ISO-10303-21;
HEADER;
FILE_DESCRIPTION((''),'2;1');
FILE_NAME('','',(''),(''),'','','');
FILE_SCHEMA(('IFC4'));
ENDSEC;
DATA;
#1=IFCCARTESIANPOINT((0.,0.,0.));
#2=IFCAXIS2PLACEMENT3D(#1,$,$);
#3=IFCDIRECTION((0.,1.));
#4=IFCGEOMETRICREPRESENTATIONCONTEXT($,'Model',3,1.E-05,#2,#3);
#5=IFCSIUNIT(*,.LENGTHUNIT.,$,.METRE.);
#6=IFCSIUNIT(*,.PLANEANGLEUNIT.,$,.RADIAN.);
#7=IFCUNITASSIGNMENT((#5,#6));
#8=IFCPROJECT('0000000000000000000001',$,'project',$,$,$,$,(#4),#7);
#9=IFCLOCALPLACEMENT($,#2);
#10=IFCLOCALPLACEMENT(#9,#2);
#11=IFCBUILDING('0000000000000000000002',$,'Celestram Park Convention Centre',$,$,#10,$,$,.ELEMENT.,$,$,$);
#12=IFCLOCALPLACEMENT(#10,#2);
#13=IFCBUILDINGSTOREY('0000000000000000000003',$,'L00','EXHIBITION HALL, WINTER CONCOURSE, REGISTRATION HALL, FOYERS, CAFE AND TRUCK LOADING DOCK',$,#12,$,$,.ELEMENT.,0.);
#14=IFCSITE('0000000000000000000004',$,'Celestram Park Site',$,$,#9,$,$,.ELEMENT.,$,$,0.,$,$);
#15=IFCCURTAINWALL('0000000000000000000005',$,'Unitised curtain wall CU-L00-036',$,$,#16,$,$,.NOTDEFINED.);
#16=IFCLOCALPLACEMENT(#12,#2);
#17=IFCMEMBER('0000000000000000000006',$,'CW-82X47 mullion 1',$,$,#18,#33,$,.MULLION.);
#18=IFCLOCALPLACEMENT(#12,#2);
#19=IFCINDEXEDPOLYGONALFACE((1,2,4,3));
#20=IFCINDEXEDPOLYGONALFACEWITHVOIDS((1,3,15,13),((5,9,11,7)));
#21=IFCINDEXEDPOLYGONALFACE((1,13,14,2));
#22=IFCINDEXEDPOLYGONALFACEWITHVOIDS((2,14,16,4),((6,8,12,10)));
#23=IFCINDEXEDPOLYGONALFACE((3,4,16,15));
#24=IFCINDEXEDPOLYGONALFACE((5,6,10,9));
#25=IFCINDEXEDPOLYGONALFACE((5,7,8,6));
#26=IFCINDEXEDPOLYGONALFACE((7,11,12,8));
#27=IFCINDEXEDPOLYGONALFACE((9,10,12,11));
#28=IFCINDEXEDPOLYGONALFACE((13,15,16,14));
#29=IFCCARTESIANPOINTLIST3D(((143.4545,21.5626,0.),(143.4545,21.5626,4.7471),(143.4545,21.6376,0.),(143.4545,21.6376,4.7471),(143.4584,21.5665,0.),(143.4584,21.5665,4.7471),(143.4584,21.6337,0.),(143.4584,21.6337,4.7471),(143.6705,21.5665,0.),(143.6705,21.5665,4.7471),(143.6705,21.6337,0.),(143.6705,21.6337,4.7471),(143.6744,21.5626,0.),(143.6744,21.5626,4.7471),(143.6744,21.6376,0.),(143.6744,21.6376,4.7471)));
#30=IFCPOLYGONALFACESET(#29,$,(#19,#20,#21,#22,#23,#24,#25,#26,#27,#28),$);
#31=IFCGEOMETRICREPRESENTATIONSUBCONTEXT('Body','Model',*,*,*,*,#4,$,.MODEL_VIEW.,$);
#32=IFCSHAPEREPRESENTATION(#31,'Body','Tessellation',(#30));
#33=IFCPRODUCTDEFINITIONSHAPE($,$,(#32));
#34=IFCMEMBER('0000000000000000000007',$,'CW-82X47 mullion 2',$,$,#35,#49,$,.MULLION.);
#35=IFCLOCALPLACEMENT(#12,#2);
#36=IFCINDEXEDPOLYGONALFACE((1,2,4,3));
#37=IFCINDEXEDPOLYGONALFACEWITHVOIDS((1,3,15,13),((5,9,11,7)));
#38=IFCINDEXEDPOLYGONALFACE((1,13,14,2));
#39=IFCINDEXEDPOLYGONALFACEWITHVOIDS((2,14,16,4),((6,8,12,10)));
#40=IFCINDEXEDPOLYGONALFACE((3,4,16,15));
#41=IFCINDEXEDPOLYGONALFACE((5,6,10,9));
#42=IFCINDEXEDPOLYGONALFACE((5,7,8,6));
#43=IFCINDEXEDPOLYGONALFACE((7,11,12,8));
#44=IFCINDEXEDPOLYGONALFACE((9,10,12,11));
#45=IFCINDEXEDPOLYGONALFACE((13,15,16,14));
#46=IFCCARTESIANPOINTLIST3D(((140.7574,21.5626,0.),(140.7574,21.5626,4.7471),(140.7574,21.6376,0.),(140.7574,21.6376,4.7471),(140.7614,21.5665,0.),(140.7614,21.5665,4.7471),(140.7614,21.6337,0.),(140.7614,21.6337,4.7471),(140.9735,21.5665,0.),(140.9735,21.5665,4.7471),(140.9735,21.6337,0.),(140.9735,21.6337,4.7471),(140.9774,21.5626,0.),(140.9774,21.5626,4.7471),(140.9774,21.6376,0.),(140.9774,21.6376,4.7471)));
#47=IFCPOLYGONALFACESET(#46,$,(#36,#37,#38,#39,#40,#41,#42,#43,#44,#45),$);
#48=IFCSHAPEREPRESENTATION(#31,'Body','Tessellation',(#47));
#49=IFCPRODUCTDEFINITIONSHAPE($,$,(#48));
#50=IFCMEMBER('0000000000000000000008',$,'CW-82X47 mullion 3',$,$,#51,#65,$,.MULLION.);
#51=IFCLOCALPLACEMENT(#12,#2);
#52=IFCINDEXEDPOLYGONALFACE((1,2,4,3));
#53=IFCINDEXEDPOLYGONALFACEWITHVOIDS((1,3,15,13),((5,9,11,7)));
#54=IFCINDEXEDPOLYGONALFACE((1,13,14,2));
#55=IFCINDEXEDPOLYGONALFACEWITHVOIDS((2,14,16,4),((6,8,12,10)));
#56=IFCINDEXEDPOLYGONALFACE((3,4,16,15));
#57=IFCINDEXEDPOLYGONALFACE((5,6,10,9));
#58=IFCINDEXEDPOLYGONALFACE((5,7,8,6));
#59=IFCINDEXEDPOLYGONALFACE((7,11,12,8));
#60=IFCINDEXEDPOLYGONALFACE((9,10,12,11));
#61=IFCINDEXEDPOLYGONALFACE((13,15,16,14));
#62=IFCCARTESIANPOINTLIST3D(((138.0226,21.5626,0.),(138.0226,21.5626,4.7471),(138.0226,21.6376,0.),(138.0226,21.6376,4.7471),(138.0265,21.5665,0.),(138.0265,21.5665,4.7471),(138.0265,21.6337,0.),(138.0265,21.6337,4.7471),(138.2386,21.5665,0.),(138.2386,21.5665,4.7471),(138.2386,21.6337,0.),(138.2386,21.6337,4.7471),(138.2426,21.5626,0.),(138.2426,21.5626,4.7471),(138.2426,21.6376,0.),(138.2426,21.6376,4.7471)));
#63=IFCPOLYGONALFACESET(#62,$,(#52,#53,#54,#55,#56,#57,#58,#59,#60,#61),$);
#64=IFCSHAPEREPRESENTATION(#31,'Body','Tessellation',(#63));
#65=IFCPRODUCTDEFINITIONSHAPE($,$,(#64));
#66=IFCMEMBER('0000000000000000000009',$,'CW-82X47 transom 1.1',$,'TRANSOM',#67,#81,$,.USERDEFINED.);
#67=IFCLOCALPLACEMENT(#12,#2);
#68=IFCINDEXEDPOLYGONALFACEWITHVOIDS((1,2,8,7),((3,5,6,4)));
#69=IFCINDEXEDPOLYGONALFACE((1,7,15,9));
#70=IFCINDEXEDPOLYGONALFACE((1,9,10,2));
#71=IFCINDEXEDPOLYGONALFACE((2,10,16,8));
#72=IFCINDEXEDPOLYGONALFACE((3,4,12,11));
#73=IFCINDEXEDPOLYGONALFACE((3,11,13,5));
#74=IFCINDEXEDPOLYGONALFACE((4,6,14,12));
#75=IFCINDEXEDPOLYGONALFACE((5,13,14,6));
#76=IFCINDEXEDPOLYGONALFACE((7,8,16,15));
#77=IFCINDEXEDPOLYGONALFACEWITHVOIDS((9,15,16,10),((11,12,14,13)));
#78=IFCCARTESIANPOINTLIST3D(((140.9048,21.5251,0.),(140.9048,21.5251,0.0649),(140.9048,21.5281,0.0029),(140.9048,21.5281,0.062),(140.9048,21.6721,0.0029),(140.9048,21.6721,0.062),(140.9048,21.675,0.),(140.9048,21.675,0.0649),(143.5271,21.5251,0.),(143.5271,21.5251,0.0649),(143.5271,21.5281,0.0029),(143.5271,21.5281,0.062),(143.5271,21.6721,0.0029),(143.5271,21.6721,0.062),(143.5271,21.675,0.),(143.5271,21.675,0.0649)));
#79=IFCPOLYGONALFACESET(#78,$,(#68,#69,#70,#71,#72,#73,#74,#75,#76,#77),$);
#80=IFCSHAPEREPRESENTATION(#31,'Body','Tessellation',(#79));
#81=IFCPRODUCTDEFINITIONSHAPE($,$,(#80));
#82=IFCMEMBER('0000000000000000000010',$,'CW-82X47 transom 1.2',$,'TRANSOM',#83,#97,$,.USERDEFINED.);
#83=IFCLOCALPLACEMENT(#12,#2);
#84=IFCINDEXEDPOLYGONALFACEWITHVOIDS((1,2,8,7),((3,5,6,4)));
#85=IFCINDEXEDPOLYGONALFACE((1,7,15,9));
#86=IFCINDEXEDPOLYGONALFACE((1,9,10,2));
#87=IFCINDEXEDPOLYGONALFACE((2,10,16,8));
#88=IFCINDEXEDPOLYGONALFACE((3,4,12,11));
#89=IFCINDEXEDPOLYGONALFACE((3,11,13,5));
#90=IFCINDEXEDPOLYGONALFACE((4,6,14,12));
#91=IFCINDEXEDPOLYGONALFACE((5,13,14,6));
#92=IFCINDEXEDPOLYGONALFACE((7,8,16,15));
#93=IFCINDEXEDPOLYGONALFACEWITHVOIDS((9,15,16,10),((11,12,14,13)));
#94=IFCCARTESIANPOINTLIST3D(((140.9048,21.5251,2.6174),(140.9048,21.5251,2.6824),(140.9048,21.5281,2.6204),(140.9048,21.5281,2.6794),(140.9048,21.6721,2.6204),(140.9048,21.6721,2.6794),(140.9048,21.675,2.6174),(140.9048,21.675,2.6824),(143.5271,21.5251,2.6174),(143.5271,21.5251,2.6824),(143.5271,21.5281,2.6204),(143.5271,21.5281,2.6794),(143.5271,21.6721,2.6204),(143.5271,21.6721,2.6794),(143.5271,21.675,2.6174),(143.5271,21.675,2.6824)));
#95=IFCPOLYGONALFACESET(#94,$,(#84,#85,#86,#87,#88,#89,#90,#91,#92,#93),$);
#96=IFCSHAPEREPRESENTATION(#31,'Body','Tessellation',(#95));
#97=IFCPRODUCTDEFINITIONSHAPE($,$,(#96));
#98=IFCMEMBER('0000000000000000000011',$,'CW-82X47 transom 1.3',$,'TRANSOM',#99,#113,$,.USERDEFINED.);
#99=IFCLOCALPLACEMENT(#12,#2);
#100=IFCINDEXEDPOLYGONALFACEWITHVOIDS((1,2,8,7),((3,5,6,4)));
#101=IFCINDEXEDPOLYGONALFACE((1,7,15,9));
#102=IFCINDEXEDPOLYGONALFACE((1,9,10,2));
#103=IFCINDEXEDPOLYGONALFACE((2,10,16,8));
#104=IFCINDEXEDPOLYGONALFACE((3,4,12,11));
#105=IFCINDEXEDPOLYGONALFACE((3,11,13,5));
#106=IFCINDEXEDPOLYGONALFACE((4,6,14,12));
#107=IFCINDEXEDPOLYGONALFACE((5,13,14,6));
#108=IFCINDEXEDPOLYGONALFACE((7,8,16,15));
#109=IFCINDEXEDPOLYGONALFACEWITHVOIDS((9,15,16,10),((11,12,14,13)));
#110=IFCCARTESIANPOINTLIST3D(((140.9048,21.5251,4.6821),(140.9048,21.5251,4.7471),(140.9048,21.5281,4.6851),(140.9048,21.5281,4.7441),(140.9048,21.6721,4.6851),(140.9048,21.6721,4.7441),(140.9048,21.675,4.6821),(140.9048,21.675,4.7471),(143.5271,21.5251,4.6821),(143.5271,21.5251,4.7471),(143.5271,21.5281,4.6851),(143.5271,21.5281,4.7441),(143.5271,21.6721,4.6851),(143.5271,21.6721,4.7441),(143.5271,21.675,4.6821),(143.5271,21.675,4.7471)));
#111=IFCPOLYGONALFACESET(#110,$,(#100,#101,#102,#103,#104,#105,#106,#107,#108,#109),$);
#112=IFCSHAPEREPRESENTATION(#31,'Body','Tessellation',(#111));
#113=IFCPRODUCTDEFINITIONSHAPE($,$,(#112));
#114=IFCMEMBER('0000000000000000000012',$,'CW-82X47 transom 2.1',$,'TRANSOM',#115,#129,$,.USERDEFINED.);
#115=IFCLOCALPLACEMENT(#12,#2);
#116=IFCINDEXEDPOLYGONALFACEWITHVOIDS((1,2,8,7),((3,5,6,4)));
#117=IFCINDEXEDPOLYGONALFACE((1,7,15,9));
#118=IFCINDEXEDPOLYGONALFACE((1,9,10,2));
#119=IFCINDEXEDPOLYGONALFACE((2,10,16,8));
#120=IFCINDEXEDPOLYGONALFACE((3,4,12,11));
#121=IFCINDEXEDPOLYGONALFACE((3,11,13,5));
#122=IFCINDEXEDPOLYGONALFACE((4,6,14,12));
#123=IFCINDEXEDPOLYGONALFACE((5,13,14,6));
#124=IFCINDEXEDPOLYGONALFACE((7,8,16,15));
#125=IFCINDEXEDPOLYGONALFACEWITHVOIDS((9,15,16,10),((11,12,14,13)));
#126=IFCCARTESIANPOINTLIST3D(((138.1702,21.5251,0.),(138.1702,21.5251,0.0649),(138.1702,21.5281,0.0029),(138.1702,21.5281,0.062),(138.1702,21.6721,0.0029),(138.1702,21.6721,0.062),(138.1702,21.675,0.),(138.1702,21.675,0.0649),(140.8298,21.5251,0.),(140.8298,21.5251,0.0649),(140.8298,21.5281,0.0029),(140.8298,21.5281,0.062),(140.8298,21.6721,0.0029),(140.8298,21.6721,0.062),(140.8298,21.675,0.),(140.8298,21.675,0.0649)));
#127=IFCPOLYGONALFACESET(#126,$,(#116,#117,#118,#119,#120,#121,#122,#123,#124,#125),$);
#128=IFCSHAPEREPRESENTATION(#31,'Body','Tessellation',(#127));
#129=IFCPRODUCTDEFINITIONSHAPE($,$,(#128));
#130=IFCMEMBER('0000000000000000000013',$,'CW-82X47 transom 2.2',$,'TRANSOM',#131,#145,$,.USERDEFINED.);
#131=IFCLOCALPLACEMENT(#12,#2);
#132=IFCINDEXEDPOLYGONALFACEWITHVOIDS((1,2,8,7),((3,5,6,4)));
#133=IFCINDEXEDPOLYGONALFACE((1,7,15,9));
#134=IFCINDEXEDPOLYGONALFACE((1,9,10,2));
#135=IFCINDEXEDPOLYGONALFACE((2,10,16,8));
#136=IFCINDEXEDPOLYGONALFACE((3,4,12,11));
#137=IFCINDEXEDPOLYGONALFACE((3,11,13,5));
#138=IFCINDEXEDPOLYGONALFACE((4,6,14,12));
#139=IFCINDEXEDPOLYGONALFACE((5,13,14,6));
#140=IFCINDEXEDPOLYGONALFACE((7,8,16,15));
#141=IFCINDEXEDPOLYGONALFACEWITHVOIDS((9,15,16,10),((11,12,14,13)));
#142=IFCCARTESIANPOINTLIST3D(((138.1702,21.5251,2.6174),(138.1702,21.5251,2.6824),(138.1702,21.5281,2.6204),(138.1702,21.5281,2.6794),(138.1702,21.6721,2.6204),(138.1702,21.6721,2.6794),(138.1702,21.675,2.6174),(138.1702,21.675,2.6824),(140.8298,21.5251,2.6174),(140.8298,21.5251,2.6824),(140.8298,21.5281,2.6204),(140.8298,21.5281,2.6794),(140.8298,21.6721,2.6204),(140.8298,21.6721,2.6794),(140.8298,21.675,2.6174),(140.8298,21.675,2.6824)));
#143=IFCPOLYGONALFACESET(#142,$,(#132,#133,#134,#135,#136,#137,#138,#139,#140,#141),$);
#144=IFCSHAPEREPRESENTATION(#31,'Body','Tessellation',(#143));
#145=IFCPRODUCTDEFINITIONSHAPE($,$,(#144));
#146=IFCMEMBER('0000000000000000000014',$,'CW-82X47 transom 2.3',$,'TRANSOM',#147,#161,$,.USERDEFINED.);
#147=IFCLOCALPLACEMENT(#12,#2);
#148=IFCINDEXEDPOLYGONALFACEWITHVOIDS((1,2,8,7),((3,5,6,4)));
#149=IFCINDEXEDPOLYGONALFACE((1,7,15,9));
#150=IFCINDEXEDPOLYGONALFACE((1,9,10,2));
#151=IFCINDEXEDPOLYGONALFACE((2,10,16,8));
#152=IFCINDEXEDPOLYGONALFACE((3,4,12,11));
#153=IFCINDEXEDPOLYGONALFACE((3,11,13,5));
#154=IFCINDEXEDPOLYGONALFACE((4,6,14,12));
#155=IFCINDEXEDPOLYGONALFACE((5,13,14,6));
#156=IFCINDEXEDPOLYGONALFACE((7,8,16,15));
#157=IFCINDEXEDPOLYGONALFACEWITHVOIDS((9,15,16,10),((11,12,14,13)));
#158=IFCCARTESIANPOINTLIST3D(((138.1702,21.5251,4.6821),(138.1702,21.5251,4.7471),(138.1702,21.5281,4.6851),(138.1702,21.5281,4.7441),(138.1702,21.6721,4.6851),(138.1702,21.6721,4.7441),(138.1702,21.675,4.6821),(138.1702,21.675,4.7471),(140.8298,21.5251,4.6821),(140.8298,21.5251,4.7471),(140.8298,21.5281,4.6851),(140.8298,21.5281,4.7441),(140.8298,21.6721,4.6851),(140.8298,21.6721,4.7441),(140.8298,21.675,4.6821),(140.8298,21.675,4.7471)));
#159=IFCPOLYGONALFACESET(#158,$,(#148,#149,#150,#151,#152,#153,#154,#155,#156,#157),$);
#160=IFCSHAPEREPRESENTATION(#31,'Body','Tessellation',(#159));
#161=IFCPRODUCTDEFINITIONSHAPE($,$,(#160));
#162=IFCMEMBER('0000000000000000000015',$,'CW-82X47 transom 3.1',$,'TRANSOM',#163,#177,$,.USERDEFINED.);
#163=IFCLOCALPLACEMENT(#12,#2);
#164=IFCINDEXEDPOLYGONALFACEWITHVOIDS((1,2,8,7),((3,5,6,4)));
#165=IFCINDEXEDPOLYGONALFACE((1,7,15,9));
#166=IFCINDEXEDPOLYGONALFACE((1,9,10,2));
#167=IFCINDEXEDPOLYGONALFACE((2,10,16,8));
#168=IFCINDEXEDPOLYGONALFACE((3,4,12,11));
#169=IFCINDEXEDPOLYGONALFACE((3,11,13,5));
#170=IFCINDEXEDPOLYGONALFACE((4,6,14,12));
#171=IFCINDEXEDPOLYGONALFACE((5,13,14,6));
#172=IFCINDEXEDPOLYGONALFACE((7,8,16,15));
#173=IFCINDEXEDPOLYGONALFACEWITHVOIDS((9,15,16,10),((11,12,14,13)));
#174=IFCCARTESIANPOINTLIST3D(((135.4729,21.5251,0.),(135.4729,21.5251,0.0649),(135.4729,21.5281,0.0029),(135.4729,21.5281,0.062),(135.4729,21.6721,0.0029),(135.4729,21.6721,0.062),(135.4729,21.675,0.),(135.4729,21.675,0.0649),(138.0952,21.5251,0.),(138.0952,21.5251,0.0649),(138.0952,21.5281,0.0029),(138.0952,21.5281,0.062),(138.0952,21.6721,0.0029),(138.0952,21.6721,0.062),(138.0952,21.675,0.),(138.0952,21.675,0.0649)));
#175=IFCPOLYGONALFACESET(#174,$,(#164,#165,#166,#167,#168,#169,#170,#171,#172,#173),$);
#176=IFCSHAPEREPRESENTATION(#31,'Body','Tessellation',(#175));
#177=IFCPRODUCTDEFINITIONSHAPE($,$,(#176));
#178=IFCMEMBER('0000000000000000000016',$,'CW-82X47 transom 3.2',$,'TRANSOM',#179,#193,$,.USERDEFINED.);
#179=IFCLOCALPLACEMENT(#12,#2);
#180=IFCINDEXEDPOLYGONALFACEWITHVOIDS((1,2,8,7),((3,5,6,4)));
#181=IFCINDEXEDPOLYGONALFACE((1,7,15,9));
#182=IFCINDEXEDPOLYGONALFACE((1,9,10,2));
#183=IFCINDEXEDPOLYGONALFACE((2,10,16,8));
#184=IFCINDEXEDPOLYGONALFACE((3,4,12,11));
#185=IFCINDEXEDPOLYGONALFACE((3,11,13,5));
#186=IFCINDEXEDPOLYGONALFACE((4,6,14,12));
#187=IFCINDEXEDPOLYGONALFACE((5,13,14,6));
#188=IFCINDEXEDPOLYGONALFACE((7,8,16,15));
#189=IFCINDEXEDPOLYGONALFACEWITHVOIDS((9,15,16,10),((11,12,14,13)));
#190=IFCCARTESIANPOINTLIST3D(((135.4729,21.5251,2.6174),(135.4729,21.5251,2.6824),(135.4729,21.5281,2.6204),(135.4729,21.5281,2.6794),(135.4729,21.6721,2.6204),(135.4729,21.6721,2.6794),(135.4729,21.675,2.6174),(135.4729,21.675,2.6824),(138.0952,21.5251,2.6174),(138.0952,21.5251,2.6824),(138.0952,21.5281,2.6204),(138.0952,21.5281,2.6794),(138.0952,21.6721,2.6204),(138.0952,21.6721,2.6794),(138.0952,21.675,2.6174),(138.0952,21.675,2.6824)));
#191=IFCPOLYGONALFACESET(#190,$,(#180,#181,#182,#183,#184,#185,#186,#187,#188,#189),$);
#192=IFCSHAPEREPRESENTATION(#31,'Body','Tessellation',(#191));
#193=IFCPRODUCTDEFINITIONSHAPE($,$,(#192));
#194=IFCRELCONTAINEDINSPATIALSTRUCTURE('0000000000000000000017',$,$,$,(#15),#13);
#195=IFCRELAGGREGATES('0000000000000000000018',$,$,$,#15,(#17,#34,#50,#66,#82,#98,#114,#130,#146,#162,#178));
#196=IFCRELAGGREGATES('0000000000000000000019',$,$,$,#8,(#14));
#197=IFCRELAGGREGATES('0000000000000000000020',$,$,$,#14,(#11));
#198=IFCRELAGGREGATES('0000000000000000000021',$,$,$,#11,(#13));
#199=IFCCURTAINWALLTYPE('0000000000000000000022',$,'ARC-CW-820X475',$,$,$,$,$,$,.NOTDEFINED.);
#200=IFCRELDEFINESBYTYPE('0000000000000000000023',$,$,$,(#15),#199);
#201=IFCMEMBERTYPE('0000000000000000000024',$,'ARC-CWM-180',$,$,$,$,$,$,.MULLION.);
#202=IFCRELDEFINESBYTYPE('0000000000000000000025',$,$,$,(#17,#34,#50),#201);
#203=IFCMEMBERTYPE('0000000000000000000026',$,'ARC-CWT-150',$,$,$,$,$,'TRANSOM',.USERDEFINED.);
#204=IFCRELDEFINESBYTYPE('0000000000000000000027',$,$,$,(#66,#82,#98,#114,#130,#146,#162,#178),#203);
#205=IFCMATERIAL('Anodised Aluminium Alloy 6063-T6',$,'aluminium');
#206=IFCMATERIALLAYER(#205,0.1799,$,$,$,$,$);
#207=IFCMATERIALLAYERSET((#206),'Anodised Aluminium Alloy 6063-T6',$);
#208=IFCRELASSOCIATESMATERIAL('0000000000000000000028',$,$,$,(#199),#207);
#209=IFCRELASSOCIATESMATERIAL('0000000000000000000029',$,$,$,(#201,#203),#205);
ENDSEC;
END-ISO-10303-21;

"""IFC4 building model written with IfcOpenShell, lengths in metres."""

from ifc_helpers import new_model, si_unit, direction, frame, origin, origin_2d, place, context, subcontext, project, spatial, hollow_rectangle, extrude, material, layer, layer_set, material_profile, profile_set, type_object, element, aggregate, save


model = new_model("IFC4")

# Units and contexts
model_context = context("Model", 3, precision=1e-05, world=origin(), true_north=direction((0.0, 1.0)))
body_context = subcontext(model_context, "Body", "Model", "MODEL_VIEW")
ifc_project = project(units=[si_unit("LENGTHUNIT", "METRE"), si_unit("PLANEANGLEUNIT", "RADIAN")], contexts=[model_context])

# Site, building, storey
site_placement = place(None, origin())
site = spatial("IfcSite", under=ifc_project, at=site_placement, Name="Celestram Park Site", CompositionType="ELEMENT", RefElevation=0.0)
building_placement = place(site_placement, origin())
building = spatial("IfcBuilding", under=site, at=building_placement, Name="Celestram Park Convention Centre", CompositionType="ELEMENT")
storey_placement = place(building_placement, origin())
storey = spatial("IfcBuildingStorey", under=building, at=storey_placement, Name="L00", Description="EXHIBITION HALL, WINTER CONCOURSE, REGISTRATION HALL, FOYERS, CAFE AND TRUCK LOADING DOCK", CompositionType="ELEMENT", Elevation=0.0)

# Curtain wall, members
ifc_material_1 = material(Name="Anodised Aluminium Alloy 6063-T6", Category="aluminium")
ifc_layer_1 = layer(ifc_material_1, 0.1799)
ifc_layer_set_1 = layer_set([ifc_layer_1], Name="Anodised Aluminium Alloy 6063-T6")
curtain_wall_type = type_object("IfcCurtainWallType", Name="ARC-CW-820X475", PredefinedType="NOTDEFINED", material=ifc_layer_set_1)
curtain_wall_placement = place(storey_placement, origin())
curtain_wall = element("IfcCurtainWall", 1, at=curtain_wall_placement, inside=storey, type_object=curtain_wall_type, Name="Unitised curtain wall CU-L00-036", PredefinedType="NOTDEFINED")
ifc_material_profile_1 = material_profile(ifc_material_1, hollow_rectangle(XDim=0.075, YDim=0.22, WallThickness=0.0039, at=origin_2d()), Name="ALU75X220X4")
ifc_profile_set_1 = profile_set([ifc_material_profile_1], Name="Anodised Aluminium Alloy 6063-T6")
member_type_1 = type_object("IfcMemberType", Name="ARC-CWM-180", PredefinedType="MULLION", material=ifc_profile_set_1)
member_1_placement = place(storey_placement, frame((143.5645, 21.6001, 0.0), z_axis=(0.0, 0.0, 1.0), x_axis=(0.0, -1.0, 0.0)))
member_1 = element("IfcMember", 2, at=member_1_placement, type_object=member_type_1, Name="CW-82X47 mullion 1", PredefinedType="MULLION", context=body_context, shape_type="SweptSolid", body=[
    extrude(hollow_rectangle(XDim=0.075, YDim=0.22, WallThickness=0.0039, at=origin_2d()), origin(), (0.0, 0.0, 1.0), 4.7471),
])
member_2_placement = place(storey_placement, frame((140.8674, 21.6001, 0.0), z_axis=(0.0, 0.0, 1.0), x_axis=(0.0, -1.0, 0.0)))
member_2 = element("IfcMember", 3, at=member_2_placement, type_object=member_type_1, Name="CW-82X47 mullion 2", PredefinedType="MULLION", context=body_context, shape_type="SweptSolid", body=[
    extrude(hollow_rectangle(XDim=0.075, YDim=0.22, WallThickness=0.0039, at=origin_2d()), origin(), (0.0, 0.0, 1.0), 4.7471),
])
member_3_placement = place(storey_placement, frame((138.1326, 21.6001, 0.0), z_axis=(0.0, 0.0, 1.0), x_axis=(0.0, -1.0, 0.0)))
member_3 = element("IfcMember", 4, at=member_3_placement, type_object=member_type_1, Name="CW-82X47 mullion 3", PredefinedType="MULLION", context=body_context, shape_type="SweptSolid", body=[
    extrude(hollow_rectangle(XDim=0.075, YDim=0.22, WallThickness=0.0039, at=origin_2d()), origin(), (0.0, 0.0, 1.0), 4.7471),
])
ifc_material_profile_2 = material_profile(ifc_material_1, hollow_rectangle(XDim=0.1499, YDim=0.0649, WallThickness=0.0029, at=origin_2d()), Name="ALU150X65X3")
ifc_profile_set_2 = profile_set([ifc_material_profile_2], Name="Anodised Aluminium Alloy 6063-T6")
member_type_2 = type_object("IfcMemberType", Name="ARC-CWT-150", ElementType="TRANSOM", PredefinedType="USERDEFINED", material=ifc_profile_set_2)
member_4_placement = place(storey_placement, frame((143.5271, 21.6001, 0.0325), z_axis=(-1.0, 0.0, 0.0), x_axis=(0.0, -1.0, 0.0)))
member_4 = element("IfcMember", 5, at=member_4_placement, type_object=member_type_2, Name="CW-82X47 transom 1.1", ObjectType="TRANSOM", PredefinedType="USERDEFINED", context=body_context, shape_type="SweptSolid", body=[
    extrude(hollow_rectangle(XDim=0.1499, YDim=0.0649, WallThickness=0.0029, at=origin_2d()), origin(), (0.0, 0.0, 1.0), 2.6223),
])
member_5_placement = place(storey_placement, frame((143.5271, 21.6001, 2.6499), z_axis=(-1.0, 0.0, 0.0), x_axis=(0.0, -1.0, 0.0)))
member_5 = element("IfcMember", 6, at=member_5_placement, type_object=member_type_2, Name="CW-82X47 transom 1.2", ObjectType="TRANSOM", PredefinedType="USERDEFINED", context=body_context, shape_type="SweptSolid", body=[
    extrude(hollow_rectangle(XDim=0.1499, YDim=0.0649, WallThickness=0.0029, at=origin_2d()), origin(), (0.0, 0.0, 1.0), 2.6223),
])
member_6_placement = place(storey_placement, frame((143.5271, 21.6001, 4.7146), z_axis=(-1.0, 0.0, 0.0), x_axis=(0.0, -1.0, 0.0)))
member_6 = element("IfcMember", 7, at=member_6_placement, type_object=member_type_2, Name="CW-82X47 transom 1.3", ObjectType="TRANSOM", PredefinedType="USERDEFINED", context=body_context, shape_type="SweptSolid", body=[
    extrude(hollow_rectangle(XDim=0.1499, YDim=0.0649, WallThickness=0.0029, at=origin_2d()), origin(), (0.0, 0.0, 1.0), 2.6223),
])
member_7_placement = place(storey_placement, frame((140.8298, 21.6001, 0.0325), z_axis=(-1.0, 0.0, 0.0), x_axis=(0.0, -1.0, 0.0)))
member_7 = element("IfcMember", 8, at=member_7_placement, type_object=member_type_2, Name="CW-82X47 transom 2.1", ObjectType="TRANSOM", PredefinedType="USERDEFINED", context=body_context, shape_type="SweptSolid", body=[
    extrude(hollow_rectangle(XDim=0.1499, YDim=0.0649, WallThickness=0.0029, at=origin_2d()), origin(), (0.0, 0.0, 1.0), 2.6597),
])
member_8_placement = place(storey_placement, frame((140.8298, 21.6001, 2.6499), z_axis=(-1.0, 0.0, 0.0), x_axis=(0.0, -1.0, 0.0)))
member_8 = element("IfcMember", 9, at=member_8_placement, type_object=member_type_2, Name="CW-82X47 transom 2.2", ObjectType="TRANSOM", PredefinedType="USERDEFINED", context=body_context, shape_type="SweptSolid", body=[
    extrude(hollow_rectangle(XDim=0.1499, YDim=0.0649, WallThickness=0.0029, at=origin_2d()), origin(), (0.0, 0.0, 1.0), 2.6597),
])
member_9_placement = place(storey_placement, frame((140.8298, 21.6001, 4.7146), z_axis=(-1.0, 0.0, 0.0), x_axis=(0.0, -1.0, 0.0)))
member_9 = element("IfcMember", 10, at=member_9_placement, type_object=member_type_2, Name="CW-82X47 transom 2.3", ObjectType="TRANSOM", PredefinedType="USERDEFINED", context=body_context, shape_type="SweptSolid", body=[
    extrude(hollow_rectangle(XDim=0.1499, YDim=0.0649, WallThickness=0.0029, at=origin_2d()), origin(), (0.0, 0.0, 1.0), 2.6597),
])
member_10_placement = place(storey_placement, frame((138.0952, 21.6001, 0.0325), z_axis=(-1.0, 0.0, 0.0), x_axis=(0.0, -1.0, 0.0)))
member_10 = element("IfcMember", 11, at=member_10_placement, type_object=member_type_2, Name="CW-82X47 transom 3.1", ObjectType="TRANSOM", PredefinedType="USERDEFINED", context=body_context, shape_type="SweptSolid", body=[
    extrude(hollow_rectangle(XDim=0.1499, YDim=0.0649, WallThickness=0.0029, at=origin_2d()), origin(), (0.0, 0.0, 1.0), 2.6223),
])
member_11_placement = place(storey_placement, frame((138.0952, 21.6001, 2.6499), z_axis=(-1.0, 0.0, 0.0), x_axis=(0.0, -1.0, 0.0)))
member_11 = element("IfcMember", 12, at=member_11_placement, type_object=member_type_2, Name="CW-82X47 transom 3.2", ObjectType="TRANSOM", PredefinedType="USERDEFINED", context=body_context, shape_type="SweptSolid", body=[
    extrude(hollow_rectangle(XDim=0.1499, YDim=0.0649, WallThickness=0.0029, at=origin_2d()), origin(), (0.0, 0.0, 1.0), 2.6223),
])

aggregate(curtain_wall, [member_1, member_2, member_3, member_4, member_5, member_6, member_7, member_8, member_9, member_10, member_11])

save(model, "model.ifc")
